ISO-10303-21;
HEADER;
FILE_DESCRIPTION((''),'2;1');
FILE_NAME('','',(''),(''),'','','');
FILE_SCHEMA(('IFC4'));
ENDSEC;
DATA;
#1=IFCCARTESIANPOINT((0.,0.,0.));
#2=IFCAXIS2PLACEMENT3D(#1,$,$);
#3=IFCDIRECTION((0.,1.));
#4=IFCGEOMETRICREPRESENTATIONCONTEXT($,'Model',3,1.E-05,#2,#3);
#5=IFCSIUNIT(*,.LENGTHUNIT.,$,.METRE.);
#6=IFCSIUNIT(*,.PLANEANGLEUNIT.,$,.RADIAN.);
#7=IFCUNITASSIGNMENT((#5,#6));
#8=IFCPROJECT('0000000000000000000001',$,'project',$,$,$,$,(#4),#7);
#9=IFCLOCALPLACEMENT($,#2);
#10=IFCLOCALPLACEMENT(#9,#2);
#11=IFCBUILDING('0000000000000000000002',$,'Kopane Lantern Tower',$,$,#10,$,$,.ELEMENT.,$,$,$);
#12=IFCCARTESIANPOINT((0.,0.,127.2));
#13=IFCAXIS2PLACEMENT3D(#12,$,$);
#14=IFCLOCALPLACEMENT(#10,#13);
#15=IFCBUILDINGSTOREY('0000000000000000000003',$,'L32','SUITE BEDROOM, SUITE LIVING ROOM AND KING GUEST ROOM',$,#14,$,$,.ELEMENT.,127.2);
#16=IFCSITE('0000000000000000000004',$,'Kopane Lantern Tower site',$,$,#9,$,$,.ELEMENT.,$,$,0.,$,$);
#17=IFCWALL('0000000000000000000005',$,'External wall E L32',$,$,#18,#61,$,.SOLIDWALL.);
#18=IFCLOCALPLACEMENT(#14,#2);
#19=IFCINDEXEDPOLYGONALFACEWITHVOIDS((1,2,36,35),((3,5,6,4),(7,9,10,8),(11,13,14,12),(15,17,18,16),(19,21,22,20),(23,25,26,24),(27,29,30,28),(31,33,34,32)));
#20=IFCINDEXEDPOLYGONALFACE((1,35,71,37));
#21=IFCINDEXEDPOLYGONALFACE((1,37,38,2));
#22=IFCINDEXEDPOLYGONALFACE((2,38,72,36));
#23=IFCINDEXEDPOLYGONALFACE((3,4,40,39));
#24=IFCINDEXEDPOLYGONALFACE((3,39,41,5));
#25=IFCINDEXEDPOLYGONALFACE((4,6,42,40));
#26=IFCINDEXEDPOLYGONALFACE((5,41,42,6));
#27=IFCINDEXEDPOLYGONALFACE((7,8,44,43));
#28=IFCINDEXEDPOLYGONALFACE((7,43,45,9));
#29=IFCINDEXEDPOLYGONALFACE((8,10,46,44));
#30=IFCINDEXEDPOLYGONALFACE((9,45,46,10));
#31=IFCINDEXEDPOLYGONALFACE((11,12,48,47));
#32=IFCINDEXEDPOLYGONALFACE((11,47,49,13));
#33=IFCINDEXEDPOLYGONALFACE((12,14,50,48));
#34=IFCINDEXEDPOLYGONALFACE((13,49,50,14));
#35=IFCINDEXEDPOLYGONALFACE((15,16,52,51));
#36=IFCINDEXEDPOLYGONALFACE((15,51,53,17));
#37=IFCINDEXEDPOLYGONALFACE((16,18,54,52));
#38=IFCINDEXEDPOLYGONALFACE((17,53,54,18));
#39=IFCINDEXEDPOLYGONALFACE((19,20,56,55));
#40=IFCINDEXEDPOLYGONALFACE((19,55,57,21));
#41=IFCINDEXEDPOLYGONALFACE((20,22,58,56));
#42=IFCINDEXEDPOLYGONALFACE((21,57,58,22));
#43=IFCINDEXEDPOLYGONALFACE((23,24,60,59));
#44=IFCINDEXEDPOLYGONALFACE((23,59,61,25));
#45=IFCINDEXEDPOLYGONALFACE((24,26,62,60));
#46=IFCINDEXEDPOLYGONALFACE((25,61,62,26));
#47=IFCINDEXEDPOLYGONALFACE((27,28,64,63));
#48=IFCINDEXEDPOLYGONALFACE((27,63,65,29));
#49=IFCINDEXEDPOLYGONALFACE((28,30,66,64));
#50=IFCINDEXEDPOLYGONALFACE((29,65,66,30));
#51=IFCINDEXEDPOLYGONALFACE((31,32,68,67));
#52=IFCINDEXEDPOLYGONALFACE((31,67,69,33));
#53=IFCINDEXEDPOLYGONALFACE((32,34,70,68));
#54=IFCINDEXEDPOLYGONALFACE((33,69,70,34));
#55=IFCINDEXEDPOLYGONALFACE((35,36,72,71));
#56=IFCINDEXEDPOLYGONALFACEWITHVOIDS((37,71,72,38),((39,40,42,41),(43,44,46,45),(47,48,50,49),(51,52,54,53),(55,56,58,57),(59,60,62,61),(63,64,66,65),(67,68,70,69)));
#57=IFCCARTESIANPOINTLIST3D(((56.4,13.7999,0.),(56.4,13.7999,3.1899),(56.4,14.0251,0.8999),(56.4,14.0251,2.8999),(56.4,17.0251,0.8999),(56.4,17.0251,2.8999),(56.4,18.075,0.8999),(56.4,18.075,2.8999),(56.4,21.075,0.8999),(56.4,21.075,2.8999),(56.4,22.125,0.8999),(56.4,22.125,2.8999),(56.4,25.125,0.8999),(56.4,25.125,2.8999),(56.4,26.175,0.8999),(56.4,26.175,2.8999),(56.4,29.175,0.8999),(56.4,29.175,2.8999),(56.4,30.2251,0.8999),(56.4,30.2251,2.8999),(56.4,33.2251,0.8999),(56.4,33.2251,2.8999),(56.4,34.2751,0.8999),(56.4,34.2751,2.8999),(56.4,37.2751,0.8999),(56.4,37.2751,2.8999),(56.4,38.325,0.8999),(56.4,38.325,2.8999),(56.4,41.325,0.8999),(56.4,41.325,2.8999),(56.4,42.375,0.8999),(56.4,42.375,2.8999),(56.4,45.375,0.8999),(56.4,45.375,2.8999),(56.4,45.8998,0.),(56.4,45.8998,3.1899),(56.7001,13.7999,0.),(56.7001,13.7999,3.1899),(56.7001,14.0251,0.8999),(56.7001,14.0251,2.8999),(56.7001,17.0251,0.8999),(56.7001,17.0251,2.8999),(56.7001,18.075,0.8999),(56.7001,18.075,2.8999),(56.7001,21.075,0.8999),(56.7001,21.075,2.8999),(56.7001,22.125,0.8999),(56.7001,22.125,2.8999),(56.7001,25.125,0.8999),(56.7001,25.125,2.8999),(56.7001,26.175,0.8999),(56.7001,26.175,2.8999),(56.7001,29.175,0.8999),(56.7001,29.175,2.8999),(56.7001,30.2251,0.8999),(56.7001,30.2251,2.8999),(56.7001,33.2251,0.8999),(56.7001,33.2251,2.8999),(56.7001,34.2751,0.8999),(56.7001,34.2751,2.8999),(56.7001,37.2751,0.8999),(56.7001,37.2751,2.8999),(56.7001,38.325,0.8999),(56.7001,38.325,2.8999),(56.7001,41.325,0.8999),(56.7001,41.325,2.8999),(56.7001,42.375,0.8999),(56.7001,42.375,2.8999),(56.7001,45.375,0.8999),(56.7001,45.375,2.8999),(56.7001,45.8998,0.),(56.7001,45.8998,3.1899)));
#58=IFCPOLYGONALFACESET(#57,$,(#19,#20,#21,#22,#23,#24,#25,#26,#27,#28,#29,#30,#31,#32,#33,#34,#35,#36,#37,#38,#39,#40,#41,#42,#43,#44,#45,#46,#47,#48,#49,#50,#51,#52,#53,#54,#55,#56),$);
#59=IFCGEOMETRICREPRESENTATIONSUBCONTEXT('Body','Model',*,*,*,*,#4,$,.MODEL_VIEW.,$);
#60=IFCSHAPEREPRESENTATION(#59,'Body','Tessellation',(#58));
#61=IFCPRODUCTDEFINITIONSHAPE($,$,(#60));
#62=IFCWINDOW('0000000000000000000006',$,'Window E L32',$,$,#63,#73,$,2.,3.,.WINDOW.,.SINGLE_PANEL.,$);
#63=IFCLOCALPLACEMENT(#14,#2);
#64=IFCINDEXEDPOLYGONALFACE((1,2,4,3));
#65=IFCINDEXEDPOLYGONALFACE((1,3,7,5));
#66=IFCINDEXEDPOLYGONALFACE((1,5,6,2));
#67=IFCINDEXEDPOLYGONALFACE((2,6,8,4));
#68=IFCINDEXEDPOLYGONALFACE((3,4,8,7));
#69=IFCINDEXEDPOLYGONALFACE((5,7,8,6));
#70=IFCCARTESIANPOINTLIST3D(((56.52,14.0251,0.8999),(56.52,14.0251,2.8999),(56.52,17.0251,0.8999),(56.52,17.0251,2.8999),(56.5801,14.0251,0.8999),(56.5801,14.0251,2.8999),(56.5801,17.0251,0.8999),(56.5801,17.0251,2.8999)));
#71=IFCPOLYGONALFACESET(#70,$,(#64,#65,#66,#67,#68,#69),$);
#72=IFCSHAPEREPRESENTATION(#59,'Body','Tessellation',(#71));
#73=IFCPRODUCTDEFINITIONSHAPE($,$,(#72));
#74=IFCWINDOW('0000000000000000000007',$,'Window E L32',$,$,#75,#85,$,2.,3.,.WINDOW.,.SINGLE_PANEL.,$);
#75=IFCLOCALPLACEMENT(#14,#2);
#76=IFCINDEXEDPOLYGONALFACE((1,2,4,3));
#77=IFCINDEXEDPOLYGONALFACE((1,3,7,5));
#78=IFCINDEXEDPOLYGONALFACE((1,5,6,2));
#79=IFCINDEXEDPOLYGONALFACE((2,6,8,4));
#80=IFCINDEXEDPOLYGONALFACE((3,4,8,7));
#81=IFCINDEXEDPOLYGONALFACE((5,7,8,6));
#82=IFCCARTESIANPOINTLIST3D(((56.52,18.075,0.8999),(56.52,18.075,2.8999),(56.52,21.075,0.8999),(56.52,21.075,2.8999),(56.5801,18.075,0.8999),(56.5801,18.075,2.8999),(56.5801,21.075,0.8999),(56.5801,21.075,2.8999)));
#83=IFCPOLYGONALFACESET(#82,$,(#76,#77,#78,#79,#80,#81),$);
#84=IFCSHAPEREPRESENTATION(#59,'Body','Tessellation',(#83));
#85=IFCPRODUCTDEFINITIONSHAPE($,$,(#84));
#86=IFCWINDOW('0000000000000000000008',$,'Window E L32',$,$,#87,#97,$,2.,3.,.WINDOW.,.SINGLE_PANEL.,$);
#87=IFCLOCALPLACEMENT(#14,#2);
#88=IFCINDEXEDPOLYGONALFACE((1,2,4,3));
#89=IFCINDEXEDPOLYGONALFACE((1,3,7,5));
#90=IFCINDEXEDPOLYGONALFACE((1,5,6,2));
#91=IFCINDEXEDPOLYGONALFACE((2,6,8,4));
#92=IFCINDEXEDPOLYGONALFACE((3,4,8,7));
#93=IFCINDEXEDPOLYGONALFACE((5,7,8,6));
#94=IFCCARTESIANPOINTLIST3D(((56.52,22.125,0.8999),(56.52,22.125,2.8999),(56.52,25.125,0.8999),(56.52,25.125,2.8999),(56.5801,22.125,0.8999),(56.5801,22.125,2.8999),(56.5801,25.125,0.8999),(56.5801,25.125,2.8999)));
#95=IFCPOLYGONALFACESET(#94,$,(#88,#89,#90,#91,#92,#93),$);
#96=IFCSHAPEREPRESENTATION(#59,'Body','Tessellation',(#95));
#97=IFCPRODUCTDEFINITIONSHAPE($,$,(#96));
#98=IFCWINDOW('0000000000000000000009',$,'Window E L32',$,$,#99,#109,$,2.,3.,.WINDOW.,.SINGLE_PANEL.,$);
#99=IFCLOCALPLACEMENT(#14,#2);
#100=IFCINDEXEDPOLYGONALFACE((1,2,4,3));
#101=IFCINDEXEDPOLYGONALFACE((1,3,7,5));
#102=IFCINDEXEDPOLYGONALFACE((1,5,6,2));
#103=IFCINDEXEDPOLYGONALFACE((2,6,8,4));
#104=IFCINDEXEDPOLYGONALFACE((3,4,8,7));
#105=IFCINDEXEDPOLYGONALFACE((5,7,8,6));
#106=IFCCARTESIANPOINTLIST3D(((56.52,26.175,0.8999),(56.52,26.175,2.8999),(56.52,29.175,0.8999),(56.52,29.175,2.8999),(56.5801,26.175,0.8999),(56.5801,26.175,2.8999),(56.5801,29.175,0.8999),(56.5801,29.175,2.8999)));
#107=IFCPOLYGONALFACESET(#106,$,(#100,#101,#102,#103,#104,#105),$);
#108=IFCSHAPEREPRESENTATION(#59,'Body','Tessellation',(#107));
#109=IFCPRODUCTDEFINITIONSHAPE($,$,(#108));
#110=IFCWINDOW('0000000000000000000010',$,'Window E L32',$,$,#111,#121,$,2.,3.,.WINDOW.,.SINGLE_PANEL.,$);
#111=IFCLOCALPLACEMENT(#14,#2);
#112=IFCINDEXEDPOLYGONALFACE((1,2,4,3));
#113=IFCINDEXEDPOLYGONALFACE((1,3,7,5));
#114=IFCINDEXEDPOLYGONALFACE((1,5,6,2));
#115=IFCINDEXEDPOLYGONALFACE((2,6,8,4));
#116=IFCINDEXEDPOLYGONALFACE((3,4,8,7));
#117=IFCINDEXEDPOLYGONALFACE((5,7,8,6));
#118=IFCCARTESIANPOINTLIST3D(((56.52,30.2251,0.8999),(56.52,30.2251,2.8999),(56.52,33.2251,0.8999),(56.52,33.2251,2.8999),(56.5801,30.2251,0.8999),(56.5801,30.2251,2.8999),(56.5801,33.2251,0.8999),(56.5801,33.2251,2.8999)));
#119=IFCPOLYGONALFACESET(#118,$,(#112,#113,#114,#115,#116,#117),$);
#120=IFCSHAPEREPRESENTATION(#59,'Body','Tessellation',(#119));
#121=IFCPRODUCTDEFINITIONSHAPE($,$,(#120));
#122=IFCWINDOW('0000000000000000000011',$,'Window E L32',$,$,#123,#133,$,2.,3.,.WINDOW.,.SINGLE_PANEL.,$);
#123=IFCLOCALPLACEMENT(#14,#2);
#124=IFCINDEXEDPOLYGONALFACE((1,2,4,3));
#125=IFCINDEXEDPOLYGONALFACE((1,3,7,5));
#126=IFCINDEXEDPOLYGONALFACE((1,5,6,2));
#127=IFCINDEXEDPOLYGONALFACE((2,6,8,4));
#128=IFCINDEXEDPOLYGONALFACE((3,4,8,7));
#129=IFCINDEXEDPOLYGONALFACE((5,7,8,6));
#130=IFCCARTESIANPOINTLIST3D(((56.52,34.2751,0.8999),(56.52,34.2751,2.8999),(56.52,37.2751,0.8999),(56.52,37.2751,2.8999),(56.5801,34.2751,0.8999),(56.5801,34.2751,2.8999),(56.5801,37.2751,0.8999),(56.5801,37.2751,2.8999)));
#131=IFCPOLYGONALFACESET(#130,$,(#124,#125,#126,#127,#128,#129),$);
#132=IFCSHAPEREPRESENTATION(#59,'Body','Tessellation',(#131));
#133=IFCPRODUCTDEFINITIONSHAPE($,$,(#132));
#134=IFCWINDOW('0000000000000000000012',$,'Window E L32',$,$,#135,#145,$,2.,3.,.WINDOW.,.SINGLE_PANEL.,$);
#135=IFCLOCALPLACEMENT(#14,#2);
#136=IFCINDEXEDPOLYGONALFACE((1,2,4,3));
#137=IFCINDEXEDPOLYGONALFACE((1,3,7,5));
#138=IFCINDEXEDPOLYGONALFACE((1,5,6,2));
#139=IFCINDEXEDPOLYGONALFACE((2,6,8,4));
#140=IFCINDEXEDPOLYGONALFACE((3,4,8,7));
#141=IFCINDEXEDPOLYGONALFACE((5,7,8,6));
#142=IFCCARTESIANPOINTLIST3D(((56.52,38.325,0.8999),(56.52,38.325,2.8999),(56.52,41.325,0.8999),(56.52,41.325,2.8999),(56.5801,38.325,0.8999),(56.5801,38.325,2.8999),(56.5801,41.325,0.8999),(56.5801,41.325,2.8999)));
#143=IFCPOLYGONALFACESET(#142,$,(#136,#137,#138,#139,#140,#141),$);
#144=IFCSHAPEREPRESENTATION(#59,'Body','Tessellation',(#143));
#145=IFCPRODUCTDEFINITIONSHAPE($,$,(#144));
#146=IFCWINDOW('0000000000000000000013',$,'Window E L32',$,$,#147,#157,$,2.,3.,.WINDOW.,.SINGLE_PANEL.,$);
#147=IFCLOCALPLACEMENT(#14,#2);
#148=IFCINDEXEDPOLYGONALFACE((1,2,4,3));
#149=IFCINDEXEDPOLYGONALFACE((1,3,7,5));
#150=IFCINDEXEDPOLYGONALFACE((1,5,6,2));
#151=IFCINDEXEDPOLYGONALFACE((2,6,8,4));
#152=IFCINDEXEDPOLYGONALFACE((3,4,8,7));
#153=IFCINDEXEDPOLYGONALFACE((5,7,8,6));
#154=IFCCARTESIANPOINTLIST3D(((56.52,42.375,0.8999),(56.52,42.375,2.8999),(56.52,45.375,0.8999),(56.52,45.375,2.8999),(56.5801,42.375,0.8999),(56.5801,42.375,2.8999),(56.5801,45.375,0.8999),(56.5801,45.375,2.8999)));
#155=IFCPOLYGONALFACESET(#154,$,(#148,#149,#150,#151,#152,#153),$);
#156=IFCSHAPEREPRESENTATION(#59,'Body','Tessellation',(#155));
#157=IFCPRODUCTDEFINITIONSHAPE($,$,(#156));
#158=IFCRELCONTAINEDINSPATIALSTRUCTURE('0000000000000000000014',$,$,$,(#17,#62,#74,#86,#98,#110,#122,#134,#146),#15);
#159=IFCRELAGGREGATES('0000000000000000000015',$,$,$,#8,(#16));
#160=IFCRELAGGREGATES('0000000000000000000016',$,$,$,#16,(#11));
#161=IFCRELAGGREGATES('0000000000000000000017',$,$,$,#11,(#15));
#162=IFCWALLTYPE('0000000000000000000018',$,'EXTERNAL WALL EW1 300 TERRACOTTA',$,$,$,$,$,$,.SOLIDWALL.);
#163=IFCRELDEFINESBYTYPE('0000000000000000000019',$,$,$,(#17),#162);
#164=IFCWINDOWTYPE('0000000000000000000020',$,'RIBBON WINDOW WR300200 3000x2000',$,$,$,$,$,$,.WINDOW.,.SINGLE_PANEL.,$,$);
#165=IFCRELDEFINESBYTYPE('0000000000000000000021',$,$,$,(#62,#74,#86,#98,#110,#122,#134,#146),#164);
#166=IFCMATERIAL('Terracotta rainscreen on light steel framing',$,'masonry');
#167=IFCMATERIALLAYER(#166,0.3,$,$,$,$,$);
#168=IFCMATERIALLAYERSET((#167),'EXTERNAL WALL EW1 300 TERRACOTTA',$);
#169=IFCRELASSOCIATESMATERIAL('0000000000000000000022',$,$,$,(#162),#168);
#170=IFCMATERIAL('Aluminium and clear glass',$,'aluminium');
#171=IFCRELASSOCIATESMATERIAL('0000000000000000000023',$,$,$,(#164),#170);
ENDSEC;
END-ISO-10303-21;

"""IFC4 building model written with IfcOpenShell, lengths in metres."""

from ifc_helpers import new_model, si_unit, direction, frame, frame_2d, origin, place, context, subcontext, project, spatial, rectangle, extrude, material, layer, layer_set, type_object, element, fill, save


model = new_model("IFC4")

# Units and contexts
model_context = context("Model", 3, precision=1e-05, world=origin(), true_north=direction((0.0, 1.0)))
body_context = subcontext(model_context, "Body", "Model", "MODEL_VIEW")
ifc_project = project(units=[si_unit("LENGTHUNIT", "METRE"), si_unit("PLANEANGLEUNIT", "RADIAN")], contexts=[model_context])

# Site, building, storey
site_placement = place(None, origin())
site = spatial("IfcSite", under=ifc_project, at=site_placement, Name="Kopane Lantern Tower site", CompositionType="ELEMENT", RefElevation=0.0)
building_placement = place(site_placement, origin())
building = spatial("IfcBuilding", under=site, at=building_placement, Name="Kopane Lantern Tower", CompositionType="ELEMENT")
storey_placement = place(building_placement, frame((0.0, 0.0, 127.2)))
storey = spatial("IfcBuildingStorey", under=building, at=storey_placement, Name="L32", Description="SUITE BEDROOM, SUITE LIVING ROOM AND KING GUEST ROOM", CompositionType="ELEMENT", Elevation=127.2)

# Shared definitions
ifc_material_1 = material(Name="Terracotta rainscreen on light steel framing", Category="masonry")
ifc_layer_1 = layer(ifc_material_1, 0.3)
ifc_layer_set_1 = layer_set([ifc_layer_1], Name="EXTERNAL WALL EW1 300 TERRACOTTA")
wall_type_1 = type_object("IfcWallType", Name="EXTERNAL WALL EW1 300 TERRACOTTA", PredefinedType="SOLIDWALL", material=ifc_layer_set_1)

# Wall, openings, windows
wall_1_placement = place(storey_placement, frame((56.55, 13.8, 0.0), z_axis=(0.0, 0.0, 1.0), x_axis=(0.0, 1.0, 0.0)))
wall_1 = element("IfcWall", 1, at=wall_1_placement, inside=storey, type_object=wall_type_1, Name="External wall E L32", PredefinedType="SOLIDWALL", context=body_context, shape_type="SweptSolid", body=[
    extrude(rectangle(XDim=32.0999, YDim=0.3, at=frame_2d((16.0498, 0.0))), origin(), (0.0, 0.0, 1.0), 3.1899),
])
opening_1_placement = place(wall_1_placement, frame((0.2251, 0.0, 0.8999)))
opening_1 = element("IfcOpeningElement", 2, at=opening_1_placement, cuts=wall_1, PredefinedType="OPENING", context=body_context, shape_type="SweptSolid", body=[
    extrude(rectangle(XDim=3.0, YDim=2.0, at=frame_2d((1.5, 1.0))), frame((0.0, 0.1599, 0.0), z_axis=(0.0, -1.0, 0.0), x_axis=(1.0, 0.0, 0.0)), (0.0, 0.0, 1.0), 0.3201),
])
opening_2_placement = place(wall_1_placement, frame((4.2749, 0.0, 0.8999)))
opening_2 = element("IfcOpeningElement", 3, at=opening_2_placement, cuts=wall_1, PredefinedType="OPENING", context=body_context, shape_type="SweptSolid", body=[
    extrude(rectangle(XDim=3.0, YDim=2.0, at=frame_2d((1.5, 1.0))), frame((0.0, 0.1599, 0.0), z_axis=(0.0, -1.0, 0.0), x_axis=(1.0, 0.0, 0.0)), (0.0, 0.0, 1.0), 0.3201),
])
opening_3_placement = place(wall_1_placement, frame((8.325, 0.0, 0.8999)))
opening_3 = element("IfcOpeningElement", 4, at=opening_3_placement, cuts=wall_1, PredefinedType="OPENING", context=body_context, shape_type="SweptSolid", body=[
    extrude(rectangle(XDim=3.0, YDim=2.0, at=frame_2d((1.5, 1.0))), frame((0.0, 0.1599, 0.0), z_axis=(0.0, -1.0, 0.0), x_axis=(1.0, 0.0, 0.0)), (0.0, 0.0, 1.0), 0.3201),
])
opening_4_placement = place(wall_1_placement, frame((12.375, 0.0, 0.8999)))
opening_4 = element("IfcOpeningElement", 5, at=opening_4_placement, cuts=wall_1, PredefinedType="OPENING", context=body_context, shape_type="SweptSolid", body=[
    extrude(rectangle(XDim=3.0, YDim=2.0, at=frame_2d((1.5, 1.0))), frame((0.0, 0.1599, 0.0), z_axis=(0.0, -1.0, 0.0), x_axis=(1.0, 0.0, 0.0)), (0.0, 0.0, 1.0), 0.3201),
])
opening_5_placement = place(wall_1_placement, frame((16.425, 0.0, 0.8999)))
opening_5 = element("IfcOpeningElement", 6, at=opening_5_placement, cuts=wall_1, PredefinedType="OPENING", context=body_context, shape_type="SweptSolid", body=[
    extrude(rectangle(XDim=3.0, YDim=2.0, at=frame_2d((1.5, 1.0))), frame((0.0, 0.1599, 0.0), z_axis=(0.0, -1.0, 0.0), x_axis=(1.0, 0.0, 0.0)), (0.0, 0.0, 1.0), 0.3201),
])
opening_6_placement = place(wall_1_placement, frame((20.4751, 0.0, 0.8999)))
opening_6 = element("IfcOpeningElement", 7, at=opening_6_placement, cuts=wall_1, PredefinedType="OPENING", context=body_context, shape_type="SweptSolid", body=[
    extrude(rectangle(XDim=3.0, YDim=2.0, at=frame_2d((1.5, 1.0))), frame((0.0, 0.1599, 0.0), z_axis=(0.0, -1.0, 0.0), x_axis=(1.0, 0.0, 0.0)), (0.0, 0.0, 1.0), 0.3201),
])
opening_7_placement = place(wall_1_placement, frame((24.5249, 0.0, 0.8999)))
opening_7 = element("IfcOpeningElement", 8, at=opening_7_placement, cuts=wall_1, PredefinedType="OPENING", context=body_context, shape_type="SweptSolid", body=[
    extrude(rectangle(XDim=3.0, YDim=2.0, at=frame_2d((1.5, 1.0))), frame((0.0, 0.1599, 0.0), z_axis=(0.0, -1.0, 0.0), x_axis=(1.0, 0.0, 0.0)), (0.0, 0.0, 1.0), 0.3201),
])
opening_8_placement = place(wall_1_placement, frame((28.575, 0.0, 0.8999)))
opening_8 = element("IfcOpeningElement", 9, at=opening_8_placement, cuts=wall_1, PredefinedType="OPENING", context=body_context, shape_type="SweptSolid", body=[
    extrude(rectangle(XDim=3.0, YDim=2.0, at=frame_2d((1.5, 1.0))), frame((0.0, 0.1599, 0.0), z_axis=(0.0, -1.0, 0.0), x_axis=(1.0, 0.0, 0.0)), (0.0, 0.0, 1.0), 0.3201),
])
ifc_material_2 = material(Name="Aluminium and clear glass", Category="aluminium")
window_type_1 = type_object("IfcWindowType", Name="RIBBON WINDOW WR300200 3000x2000", PartitioningType="SINGLE_PANEL", PredefinedType="WINDOW", material=ifc_material_2)
window_1_placement = place(opening_1_placement, origin())
window_1 = element("IfcWindow", 10, at=window_1_placement, inside=storey, type_object=window_type_1, Name="Window E L32", OverallHeight=2.0, OverallWidth=3.0, PartitioningType="SINGLE_PANEL", PredefinedType="WINDOW", context=body_context, shape_type="SweptSolid", body=[
    extrude(rectangle(XDim=3.0, YDim=2.0, at=frame_2d((1.5, 1.0))), frame((0.0, 0.03, 0.0), z_axis=(0.0, -1.0, 0.0), x_axis=(1.0, 0.0, 0.0)), (0.0, 0.0, 1.0), 0.0601),
])
fill(opening_1, window_1)
window_2_placement = place(opening_2_placement, origin())
window_2 = element("IfcWindow", 11, at=window_2_placement, inside=storey, type_object=window_type_1, Name="Window E L32", OverallHeight=2.0, OverallWidth=3.0, PartitioningType="SINGLE_PANEL", PredefinedType="WINDOW", context=body_context, shape_type="SweptSolid", body=[
    extrude(rectangle(XDim=3.0, YDim=2.0, at=frame_2d((1.5, 1.0))), frame((0.0, 0.03, 0.0), z_axis=(0.0, -1.0, 0.0), x_axis=(1.0, 0.0, 0.0)), (0.0, 0.0, 1.0), 0.0601),
])
fill(opening_2, window_2)
window_3_placement = place(opening_3_placement, origin())
window_3 = element("IfcWindow", 12, at=window_3_placement, inside=storey, type_object=window_type_1, Name="Window E L32", OverallHeight=2.0, OverallWidth=3.0, PartitioningType="SINGLE_PANEL", PredefinedType="WINDOW", context=body_context, shape_type="SweptSolid", body=[
    extrude(rectangle(XDim=3.0, YDim=2.0, at=frame_2d((1.5, 1.0))), frame((0.0, 0.03, 0.0), z_axis=(0.0, -1.0, 0.0), x_axis=(1.0, 0.0, 0.0)), (0.0, 0.0, 1.0), 0.0601),
])
fill(opening_3, window_3)
window_4_placement = place(opening_4_placement, origin())
window_4 = element("IfcWindow", 13, at=window_4_placement, inside=storey, type_object=window_type_1, Name="Window E L32", OverallHeight=2.0, OverallWidth=3.0, PartitioningType="SINGLE_PANEL", PredefinedType="WINDOW", context=body_context, shape_type="SweptSolid", body=[
    extrude(rectangle(XDim=3.0, YDim=2.0, at=frame_2d((1.5, 1.0))), frame((0.0, 0.03, 0.0), z_axis=(0.0, -1.0, 0.0), x_axis=(1.0, 0.0, 0.0)), (0.0, 0.0, 1.0), 0.0601),
])
fill(opening_4, window_4)
window_5_placement = place(opening_5_placement, origin())
window_5 = element("IfcWindow", 14, at=window_5_placement, inside=storey, type_object=window_type_1, Name="Window E L32", OverallHeight=2.0, OverallWidth=3.0, PartitioningType="SINGLE_PANEL", PredefinedType="WINDOW", context=body_context, shape_type="SweptSolid", body=[
    extrude(rectangle(XDim=3.0, YDim=2.0, at=frame_2d((1.5, 1.0))), frame((0.0, 0.03, 0.0), z_axis=(0.0, -1.0, 0.0), x_axis=(1.0, 0.0, 0.0)), (0.0, 0.0, 1.0), 0.0601),
])
fill(opening_5, window_5)
window_6_placement = place(opening_6_placement, origin())
window_6 = element("IfcWindow", 15, at=window_6_placement, inside=storey, type_object=window_type_1, Name="Window E L32", OverallHeight=2.0, OverallWidth=3.0, PartitioningType="SINGLE_PANEL", PredefinedType="WINDOW", context=body_context, shape_type="SweptSolid", body=[
    extrude(rectangle(XDim=3.0, YDim=2.0, at=frame_2d((1.5, 1.0))), frame((0.0, 0.03, 0.0), z_axis=(0.0, -1.0, 0.0), x_axis=(1.0, 0.0, 0.0)), (0.0, 0.0, 1.0), 0.0601),
])
fill(opening_6, window_6)
window_7_placement = place(opening_7_placement, origin())
window_7 = element("IfcWindow", 16, at=window_7_placement, inside=storey, type_object=window_type_1, Name="Window E L32", OverallHeight=2.0, OverallWidth=3.0, PartitioningType="SINGLE_PANEL", PredefinedType="WINDOW", context=body_context, shape_type="SweptSolid", body=[
    extrude(rectangle(XDim=3.0, YDim=2.0, at=frame_2d((1.5, 1.0))), frame((0.0, 0.03, 0.0), z_axis=(0.0, -1.0, 0.0), x_axis=(1.0, 0.0, 0.0)), (0.0, 0.0, 1.0), 0.0601),
])
fill(opening_7, window_7)
window_8_placement = place(opening_8_placement, origin())
window_8 = element("IfcWindow", 17, at=window_8_placement, inside=storey, type_object=window_type_1, Name="Window E L32", OverallHeight=2.0, OverallWidth=3.0, PartitioningType="SINGLE_PANEL", PredefinedType="WINDOW", context=body_context, shape_type="SweptSolid", body=[
    extrude(rectangle(XDim=3.0, YDim=2.0, at=frame_2d((1.5, 1.0))), frame((0.0, 0.03, 0.0), z_axis=(0.0, -1.0, 0.0), x_axis=(1.0, 0.0, 0.0)), (0.0, 0.0, 1.0), 0.0601),
])
fill(opening_8, window_8)

save(model, "model.ifc")
